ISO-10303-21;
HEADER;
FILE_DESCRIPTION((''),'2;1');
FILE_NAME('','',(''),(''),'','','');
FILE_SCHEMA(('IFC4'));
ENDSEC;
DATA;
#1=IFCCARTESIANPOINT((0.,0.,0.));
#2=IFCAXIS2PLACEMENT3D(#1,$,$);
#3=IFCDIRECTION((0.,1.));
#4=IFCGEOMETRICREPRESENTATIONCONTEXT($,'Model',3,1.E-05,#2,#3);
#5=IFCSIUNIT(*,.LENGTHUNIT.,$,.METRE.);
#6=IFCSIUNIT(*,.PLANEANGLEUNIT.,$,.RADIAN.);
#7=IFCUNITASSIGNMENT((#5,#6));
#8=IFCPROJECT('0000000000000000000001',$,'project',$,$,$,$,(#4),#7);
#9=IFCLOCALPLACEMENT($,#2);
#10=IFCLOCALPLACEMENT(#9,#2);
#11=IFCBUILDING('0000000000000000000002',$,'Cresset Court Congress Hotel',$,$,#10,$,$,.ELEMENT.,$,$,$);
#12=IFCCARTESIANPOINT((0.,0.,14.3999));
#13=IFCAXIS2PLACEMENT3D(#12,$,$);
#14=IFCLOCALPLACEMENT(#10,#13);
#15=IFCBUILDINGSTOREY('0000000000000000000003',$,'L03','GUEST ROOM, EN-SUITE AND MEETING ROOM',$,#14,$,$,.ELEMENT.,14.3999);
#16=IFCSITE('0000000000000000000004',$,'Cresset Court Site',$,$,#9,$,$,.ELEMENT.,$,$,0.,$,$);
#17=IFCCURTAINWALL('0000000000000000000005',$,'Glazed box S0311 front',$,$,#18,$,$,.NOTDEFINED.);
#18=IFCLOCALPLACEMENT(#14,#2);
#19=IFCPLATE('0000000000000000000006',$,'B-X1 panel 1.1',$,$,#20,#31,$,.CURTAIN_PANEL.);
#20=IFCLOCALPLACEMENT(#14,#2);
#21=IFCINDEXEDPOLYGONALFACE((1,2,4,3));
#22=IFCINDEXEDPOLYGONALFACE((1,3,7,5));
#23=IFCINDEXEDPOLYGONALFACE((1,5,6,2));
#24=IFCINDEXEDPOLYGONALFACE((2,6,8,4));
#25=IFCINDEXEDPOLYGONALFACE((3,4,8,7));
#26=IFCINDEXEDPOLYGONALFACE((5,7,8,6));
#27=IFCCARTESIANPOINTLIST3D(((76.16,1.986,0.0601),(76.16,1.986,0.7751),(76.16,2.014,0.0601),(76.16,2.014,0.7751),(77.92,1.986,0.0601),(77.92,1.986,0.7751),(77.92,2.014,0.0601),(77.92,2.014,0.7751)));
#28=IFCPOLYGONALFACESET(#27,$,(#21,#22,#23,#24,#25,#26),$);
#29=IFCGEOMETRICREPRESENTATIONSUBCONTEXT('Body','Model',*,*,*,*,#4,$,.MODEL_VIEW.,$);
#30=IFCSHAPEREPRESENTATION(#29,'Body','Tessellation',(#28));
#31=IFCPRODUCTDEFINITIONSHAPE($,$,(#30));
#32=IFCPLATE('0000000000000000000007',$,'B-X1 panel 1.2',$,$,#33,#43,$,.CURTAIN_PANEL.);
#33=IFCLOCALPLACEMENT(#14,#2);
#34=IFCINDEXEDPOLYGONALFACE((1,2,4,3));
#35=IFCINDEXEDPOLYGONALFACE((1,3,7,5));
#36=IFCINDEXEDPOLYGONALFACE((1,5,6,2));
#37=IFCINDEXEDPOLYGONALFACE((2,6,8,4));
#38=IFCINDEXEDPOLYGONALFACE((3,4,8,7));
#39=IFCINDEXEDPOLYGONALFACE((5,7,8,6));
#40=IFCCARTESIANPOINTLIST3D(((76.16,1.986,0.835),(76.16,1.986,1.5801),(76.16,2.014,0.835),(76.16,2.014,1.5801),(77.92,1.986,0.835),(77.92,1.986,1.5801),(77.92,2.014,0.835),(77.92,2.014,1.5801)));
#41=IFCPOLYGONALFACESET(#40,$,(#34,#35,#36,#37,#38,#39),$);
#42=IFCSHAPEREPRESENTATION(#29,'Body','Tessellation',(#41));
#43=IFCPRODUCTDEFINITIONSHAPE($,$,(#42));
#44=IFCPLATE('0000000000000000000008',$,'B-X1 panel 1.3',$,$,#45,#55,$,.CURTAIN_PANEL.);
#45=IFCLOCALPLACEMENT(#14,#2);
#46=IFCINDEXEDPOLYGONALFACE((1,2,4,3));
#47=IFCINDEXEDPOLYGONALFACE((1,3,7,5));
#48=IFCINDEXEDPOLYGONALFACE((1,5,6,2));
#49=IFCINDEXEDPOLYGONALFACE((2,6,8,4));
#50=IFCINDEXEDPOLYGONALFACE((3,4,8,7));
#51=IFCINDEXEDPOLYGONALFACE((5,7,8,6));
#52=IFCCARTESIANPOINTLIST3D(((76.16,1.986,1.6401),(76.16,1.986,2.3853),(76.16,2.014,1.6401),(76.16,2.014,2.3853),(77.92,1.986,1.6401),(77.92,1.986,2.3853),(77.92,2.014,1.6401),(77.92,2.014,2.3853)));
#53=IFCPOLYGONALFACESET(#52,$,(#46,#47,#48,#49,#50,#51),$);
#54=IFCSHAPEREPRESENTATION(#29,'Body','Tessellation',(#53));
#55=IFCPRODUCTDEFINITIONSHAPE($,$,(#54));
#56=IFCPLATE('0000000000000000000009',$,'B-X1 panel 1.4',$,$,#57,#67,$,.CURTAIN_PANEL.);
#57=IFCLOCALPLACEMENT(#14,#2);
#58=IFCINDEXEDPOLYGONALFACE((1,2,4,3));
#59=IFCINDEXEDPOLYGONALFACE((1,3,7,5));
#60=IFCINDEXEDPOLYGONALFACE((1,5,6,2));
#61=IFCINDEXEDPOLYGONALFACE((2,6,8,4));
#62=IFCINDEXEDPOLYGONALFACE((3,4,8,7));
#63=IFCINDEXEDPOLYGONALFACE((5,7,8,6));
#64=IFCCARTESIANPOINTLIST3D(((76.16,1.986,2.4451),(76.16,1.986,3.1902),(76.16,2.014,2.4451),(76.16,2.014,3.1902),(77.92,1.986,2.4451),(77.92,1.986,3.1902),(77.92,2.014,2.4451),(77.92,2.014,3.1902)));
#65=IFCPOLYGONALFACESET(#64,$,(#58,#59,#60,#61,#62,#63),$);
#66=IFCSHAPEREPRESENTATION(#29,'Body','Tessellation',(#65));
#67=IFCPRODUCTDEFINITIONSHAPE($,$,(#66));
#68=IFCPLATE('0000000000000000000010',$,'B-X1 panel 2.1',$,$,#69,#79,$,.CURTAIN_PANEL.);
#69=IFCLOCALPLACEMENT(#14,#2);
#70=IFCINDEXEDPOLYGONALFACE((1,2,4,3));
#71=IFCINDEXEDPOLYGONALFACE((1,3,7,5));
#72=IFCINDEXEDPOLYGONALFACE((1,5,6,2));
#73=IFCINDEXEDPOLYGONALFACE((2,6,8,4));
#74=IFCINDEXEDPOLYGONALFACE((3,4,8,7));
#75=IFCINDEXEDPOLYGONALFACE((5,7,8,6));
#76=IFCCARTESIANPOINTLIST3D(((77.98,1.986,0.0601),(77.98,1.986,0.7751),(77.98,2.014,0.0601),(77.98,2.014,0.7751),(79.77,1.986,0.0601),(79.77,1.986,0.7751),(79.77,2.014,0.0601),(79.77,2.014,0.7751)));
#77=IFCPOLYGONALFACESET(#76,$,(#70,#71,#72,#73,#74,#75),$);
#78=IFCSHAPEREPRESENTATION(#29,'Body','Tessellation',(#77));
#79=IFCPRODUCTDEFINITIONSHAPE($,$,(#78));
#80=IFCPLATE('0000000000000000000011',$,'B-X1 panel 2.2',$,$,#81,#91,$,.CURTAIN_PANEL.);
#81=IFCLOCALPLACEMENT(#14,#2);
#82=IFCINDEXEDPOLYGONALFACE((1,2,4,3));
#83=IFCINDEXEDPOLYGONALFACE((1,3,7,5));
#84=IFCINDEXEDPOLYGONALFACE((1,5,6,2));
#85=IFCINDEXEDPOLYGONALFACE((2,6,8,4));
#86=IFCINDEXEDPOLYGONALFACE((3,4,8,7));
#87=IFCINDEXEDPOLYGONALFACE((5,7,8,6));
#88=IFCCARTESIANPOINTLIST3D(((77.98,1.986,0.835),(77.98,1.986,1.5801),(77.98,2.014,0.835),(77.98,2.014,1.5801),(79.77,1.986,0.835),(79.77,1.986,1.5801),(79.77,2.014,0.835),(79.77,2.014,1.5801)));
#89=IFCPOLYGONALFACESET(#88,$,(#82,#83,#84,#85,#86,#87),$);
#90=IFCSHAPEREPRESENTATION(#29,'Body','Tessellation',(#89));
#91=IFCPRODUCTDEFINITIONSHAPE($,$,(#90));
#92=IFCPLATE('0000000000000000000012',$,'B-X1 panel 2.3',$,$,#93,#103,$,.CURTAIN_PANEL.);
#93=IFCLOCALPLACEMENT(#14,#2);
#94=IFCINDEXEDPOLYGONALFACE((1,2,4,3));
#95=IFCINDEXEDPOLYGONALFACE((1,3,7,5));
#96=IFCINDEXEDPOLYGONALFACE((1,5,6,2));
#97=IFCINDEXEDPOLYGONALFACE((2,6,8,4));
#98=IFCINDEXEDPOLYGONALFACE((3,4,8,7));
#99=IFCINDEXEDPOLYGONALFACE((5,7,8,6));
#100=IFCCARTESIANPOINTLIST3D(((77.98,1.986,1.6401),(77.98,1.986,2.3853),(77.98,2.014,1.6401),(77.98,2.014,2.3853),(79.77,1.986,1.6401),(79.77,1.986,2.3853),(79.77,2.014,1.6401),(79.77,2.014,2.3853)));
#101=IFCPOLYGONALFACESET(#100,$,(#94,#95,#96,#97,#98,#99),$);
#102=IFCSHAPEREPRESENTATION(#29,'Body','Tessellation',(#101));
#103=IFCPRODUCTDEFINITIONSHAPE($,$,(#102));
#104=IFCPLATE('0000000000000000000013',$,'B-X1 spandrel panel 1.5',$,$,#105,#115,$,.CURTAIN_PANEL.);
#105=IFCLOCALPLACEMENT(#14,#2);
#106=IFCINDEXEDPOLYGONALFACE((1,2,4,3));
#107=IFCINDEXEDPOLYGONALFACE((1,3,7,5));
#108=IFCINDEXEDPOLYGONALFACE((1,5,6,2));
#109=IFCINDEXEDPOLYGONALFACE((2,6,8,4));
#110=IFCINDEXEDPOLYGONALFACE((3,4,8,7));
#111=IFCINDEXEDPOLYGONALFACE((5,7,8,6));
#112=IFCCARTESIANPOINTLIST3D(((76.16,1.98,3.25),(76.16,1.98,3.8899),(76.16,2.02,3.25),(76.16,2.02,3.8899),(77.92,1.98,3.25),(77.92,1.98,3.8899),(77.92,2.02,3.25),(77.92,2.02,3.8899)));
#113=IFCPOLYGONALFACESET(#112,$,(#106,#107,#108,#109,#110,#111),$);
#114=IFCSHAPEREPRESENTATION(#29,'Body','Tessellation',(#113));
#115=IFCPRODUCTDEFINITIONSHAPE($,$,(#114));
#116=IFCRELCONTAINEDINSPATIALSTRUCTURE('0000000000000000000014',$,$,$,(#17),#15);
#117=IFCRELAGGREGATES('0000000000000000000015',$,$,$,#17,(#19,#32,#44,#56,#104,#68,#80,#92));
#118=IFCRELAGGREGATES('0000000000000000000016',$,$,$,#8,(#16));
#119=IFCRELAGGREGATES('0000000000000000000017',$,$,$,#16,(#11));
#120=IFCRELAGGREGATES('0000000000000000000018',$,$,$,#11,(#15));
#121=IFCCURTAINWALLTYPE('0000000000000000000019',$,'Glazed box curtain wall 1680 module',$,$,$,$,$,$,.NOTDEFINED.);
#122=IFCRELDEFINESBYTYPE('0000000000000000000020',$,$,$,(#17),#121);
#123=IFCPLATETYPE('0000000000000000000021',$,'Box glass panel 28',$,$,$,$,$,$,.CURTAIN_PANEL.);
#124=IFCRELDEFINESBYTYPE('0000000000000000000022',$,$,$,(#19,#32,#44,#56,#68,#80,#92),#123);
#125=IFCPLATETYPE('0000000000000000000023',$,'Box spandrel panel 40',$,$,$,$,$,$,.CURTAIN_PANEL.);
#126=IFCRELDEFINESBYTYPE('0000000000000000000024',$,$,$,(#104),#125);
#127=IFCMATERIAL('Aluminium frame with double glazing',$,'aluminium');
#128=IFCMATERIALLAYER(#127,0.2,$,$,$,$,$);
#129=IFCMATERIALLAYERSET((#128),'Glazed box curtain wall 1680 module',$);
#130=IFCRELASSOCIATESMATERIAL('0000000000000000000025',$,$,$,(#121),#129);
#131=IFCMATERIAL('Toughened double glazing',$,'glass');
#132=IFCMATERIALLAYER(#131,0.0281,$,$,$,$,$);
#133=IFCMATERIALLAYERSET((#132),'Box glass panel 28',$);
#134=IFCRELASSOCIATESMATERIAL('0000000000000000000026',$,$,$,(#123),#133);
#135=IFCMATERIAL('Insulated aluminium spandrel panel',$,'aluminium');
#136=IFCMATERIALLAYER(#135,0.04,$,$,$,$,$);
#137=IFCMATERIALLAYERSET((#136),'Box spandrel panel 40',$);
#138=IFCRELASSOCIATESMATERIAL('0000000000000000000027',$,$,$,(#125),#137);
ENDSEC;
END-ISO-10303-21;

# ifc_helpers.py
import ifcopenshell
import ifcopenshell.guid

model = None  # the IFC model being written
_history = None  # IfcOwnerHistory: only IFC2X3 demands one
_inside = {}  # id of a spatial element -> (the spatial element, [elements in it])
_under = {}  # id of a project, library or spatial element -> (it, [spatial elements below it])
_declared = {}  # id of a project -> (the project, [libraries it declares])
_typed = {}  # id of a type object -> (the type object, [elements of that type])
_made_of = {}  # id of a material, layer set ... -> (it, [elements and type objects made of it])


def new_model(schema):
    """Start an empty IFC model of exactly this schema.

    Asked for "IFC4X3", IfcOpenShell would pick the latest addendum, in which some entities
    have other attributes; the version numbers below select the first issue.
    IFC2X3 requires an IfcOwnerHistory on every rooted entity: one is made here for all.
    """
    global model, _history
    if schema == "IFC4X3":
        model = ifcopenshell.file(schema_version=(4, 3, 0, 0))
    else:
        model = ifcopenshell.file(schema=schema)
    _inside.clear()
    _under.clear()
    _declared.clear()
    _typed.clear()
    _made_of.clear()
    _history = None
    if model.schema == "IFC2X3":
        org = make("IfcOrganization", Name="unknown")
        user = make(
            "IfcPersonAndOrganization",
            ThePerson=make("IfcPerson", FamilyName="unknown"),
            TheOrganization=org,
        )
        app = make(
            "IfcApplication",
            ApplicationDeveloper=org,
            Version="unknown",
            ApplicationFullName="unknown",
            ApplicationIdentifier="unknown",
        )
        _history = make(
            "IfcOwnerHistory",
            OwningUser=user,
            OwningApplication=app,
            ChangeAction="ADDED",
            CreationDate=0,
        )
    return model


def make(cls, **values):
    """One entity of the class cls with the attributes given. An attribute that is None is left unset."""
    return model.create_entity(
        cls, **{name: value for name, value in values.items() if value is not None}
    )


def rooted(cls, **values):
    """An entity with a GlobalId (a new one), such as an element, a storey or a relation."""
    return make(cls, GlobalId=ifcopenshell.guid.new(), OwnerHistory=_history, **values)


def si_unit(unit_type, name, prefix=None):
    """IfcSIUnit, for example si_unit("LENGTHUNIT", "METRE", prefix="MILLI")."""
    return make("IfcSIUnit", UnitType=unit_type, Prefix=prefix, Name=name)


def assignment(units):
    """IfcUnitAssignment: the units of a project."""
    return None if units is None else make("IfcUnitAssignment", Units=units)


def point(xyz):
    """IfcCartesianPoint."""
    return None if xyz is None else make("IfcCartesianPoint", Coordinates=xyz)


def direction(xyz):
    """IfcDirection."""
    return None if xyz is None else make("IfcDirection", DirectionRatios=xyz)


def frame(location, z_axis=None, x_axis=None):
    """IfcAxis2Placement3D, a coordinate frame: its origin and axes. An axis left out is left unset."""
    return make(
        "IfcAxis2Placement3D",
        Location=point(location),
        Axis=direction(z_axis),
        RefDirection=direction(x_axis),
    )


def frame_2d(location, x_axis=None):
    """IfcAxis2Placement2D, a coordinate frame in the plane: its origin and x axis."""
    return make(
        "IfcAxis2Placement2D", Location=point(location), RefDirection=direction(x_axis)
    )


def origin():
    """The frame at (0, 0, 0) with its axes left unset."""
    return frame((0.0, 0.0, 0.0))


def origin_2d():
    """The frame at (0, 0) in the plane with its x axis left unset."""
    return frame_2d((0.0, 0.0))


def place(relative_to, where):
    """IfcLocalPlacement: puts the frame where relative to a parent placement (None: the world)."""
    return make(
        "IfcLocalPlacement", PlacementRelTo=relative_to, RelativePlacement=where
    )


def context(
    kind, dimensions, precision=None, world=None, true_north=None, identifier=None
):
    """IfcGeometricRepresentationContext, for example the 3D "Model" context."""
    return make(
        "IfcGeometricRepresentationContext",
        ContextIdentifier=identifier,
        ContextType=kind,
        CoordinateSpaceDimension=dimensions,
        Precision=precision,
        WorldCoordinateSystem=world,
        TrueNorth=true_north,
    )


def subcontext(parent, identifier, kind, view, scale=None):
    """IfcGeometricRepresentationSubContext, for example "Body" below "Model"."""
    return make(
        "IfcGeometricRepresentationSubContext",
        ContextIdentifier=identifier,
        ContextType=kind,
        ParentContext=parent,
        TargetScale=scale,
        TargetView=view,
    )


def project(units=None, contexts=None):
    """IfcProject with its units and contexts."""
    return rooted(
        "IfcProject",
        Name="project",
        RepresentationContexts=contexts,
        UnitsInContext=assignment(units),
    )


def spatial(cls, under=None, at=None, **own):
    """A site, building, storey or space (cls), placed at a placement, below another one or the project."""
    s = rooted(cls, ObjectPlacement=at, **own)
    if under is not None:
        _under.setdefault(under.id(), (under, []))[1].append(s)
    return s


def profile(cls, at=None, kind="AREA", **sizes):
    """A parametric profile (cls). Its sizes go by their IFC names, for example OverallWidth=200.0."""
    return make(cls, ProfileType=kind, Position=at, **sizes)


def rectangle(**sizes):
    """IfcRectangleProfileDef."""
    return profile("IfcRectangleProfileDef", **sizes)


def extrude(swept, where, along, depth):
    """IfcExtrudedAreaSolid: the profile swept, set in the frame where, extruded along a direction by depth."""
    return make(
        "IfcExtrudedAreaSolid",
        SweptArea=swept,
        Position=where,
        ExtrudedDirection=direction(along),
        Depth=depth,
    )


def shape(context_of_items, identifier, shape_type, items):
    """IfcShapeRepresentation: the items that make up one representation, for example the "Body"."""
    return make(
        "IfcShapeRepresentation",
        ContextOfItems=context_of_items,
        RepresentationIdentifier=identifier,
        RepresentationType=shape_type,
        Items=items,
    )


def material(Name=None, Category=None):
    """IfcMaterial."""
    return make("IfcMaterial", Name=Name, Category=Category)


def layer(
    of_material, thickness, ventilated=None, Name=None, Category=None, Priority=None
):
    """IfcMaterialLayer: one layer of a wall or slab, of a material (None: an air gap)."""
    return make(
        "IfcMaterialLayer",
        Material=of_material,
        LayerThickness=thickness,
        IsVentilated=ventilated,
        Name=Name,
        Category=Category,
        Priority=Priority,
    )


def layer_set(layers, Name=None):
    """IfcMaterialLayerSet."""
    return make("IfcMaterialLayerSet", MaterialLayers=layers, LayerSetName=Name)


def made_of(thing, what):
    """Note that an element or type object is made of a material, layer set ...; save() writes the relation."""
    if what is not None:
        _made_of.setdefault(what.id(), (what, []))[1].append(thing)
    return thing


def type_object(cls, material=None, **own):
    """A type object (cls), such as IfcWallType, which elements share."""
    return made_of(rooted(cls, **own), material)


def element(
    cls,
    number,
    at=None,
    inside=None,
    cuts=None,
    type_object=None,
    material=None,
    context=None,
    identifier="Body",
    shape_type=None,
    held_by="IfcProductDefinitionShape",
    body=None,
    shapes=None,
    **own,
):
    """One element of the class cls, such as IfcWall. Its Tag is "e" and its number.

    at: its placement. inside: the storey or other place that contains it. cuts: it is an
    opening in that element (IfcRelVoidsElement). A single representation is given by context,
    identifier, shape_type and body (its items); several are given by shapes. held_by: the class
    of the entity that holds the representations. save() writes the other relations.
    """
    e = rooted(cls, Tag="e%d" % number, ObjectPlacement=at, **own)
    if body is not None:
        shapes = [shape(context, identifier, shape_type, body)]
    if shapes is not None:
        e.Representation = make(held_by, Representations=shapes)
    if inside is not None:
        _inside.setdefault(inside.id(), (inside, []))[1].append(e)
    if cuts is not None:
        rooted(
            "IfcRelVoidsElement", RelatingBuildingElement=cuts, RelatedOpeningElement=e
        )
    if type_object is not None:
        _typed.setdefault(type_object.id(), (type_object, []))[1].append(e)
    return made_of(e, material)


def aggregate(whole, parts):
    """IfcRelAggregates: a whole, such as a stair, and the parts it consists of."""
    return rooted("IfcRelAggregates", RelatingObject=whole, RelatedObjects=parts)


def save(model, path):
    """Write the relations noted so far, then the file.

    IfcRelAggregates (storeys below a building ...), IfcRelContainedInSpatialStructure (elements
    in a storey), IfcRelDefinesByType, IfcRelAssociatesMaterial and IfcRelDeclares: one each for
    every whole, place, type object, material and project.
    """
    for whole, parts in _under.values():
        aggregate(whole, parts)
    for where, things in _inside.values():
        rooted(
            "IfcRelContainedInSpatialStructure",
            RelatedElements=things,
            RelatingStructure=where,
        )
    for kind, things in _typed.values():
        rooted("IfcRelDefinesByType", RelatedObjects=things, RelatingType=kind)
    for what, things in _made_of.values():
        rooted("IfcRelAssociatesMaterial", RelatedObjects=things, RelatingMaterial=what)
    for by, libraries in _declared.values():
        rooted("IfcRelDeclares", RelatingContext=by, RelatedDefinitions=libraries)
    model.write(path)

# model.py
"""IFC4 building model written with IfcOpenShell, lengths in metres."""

from ifc_helpers import new_model, si_unit, direction, frame, origin, origin_2d, place, context, subcontext, project, spatial, rectangle, extrude, material, layer, layer_set, type_object, element, aggregate, save


model = new_model("IFC4")

# Units and contexts
model_context = context("Model", 3, precision=1e-05, world=origin(), true_north=direction((0.0, 1.0)))
body_context = subcontext(model_context, "Body", "Model", "MODEL_VIEW")
ifc_project = project(units=[si_unit("LENGTHUNIT", "METRE"), si_unit("PLANEANGLEUNIT", "RADIAN")], contexts=[model_context])

# Site, building, storey
site_placement = place(None, origin())
site = spatial("IfcSite", under=ifc_project, at=site_placement, Name="Cresset Court Site", CompositionType="ELEMENT", RefElevation=0.0)
building_placement = place(site_placement, origin())
building = spatial("IfcBuilding", under=site, at=building_placement, Name="Cresset Court Congress Hotel", CompositionType="ELEMENT")
storey_placement = place(building_placement, frame((0.0, 0.0, 14.3999)))
storey = spatial("IfcBuildingStorey", under=building, at=storey_placement, Name="L03", Description="GUEST ROOM, EN-SUITE AND MEETING ROOM", CompositionType="ELEMENT", Elevation=14.3999)

# Curtain wall
ifc_material_1 = material(Name="Aluminium frame with double glazing", Category="aluminium")
ifc_layer_1 = layer(ifc_material_1, 0.2)
ifc_layer_set_1 = layer_set([ifc_layer_1], Name="Glazed box curtain wall 1680 module")
curtain_wall_type = type_object("IfcCurtainWallType", Name="Glazed box curtain wall 1680 module", PredefinedType="NOTDEFINED", material=ifc_layer_set_1)
curtain_wall_placement = place(storey_placement, origin())
curtain_wall = element("IfcCurtainWall", 1, at=curtain_wall_placement, inside=storey, type_object=curtain_wall_type, Name="Glazed box S0311 front", PredefinedType="NOTDEFINED")

# Plates
ifc_material_2 = material(Name="Toughened double glazing", Category="glass")
ifc_layer_2 = layer(ifc_material_2, 0.0281)
ifc_layer_set_2 = layer_set([ifc_layer_2], Name="Box glass panel 28")
plate_type_1 = type_object("IfcPlateType", Name="Box glass panel 28", PredefinedType="CURTAIN_PANEL", material=ifc_layer_set_2)
plate_1_placement = place(storey_placement, frame((77.04, 2.0, 0.0601), z_axis=(0.0, 0.0, 1.0), x_axis=(1.0, 0.0, 0.0)))
plate_1 = element("IfcPlate", 2, at=plate_1_placement, type_object=plate_type_1, Name="B-X1 panel 1.1", PredefinedType="CURTAIN_PANEL", context=body_context, shape_type="SweptSolid", body=[
    extrude(rectangle(XDim=1.76, YDim=0.0281, at=origin_2d()), origin(), (0.0, 0.0, 1.0), 0.7151),
])
plate_2_placement = place(storey_placement, frame((77.04, 2.0, 0.835), z_axis=(0.0, 0.0, 1.0), x_axis=(1.0, 0.0, 0.0)))
plate_2 = element("IfcPlate", 3, at=plate_2_placement, type_object=plate_type_1, Name="B-X1 panel 1.2", PredefinedType="CURTAIN_PANEL", context=body_context, shape_type="SweptSolid", body=[
    extrude(rectangle(XDim=1.76, YDim=0.0281, at=origin_2d()), origin(), (0.0, 0.0, 1.0), 0.7451),
])
plate_3_placement = place(storey_placement, frame((77.04, 2.0, 1.6401), z_axis=(0.0, 0.0, 1.0), x_axis=(1.0, 0.0, 0.0)))
plate_3 = element("IfcPlate", 4, at=plate_3_placement, type_object=plate_type_1, Name="B-X1 panel 1.3", PredefinedType="CURTAIN_PANEL", context=body_context, shape_type="SweptSolid", body=[
    extrude(rectangle(XDim=1.76, YDim=0.0281, at=origin_2d()), origin(), (0.0, 0.0, 1.0), 0.7451),
])
plate_4_placement = place(storey_placement, frame((77.04, 2.0, 2.4451), z_axis=(0.0, 0.0, 1.0), x_axis=(1.0, 0.0, 0.0)))
plate_4 = element("IfcPlate", 5, at=plate_4_placement, type_object=plate_type_1, Name="B-X1 panel 1.4", PredefinedType="CURTAIN_PANEL", context=body_context, shape_type="SweptSolid", body=[
    extrude(rectangle(XDim=1.76, YDim=0.0281, at=origin_2d()), origin(), (0.0, 0.0, 1.0), 0.7451),
])
plate_5_placement = place(storey_placement, frame((78.875, 2.0, 0.0601), z_axis=(0.0, 0.0, 1.0), x_axis=(1.0, 0.0, 0.0)))
plate_5 = element("IfcPlate", 6, at=plate_5_placement, type_object=plate_type_1, Name="B-X1 panel 2.1", PredefinedType="CURTAIN_PANEL", context=body_context, shape_type="SweptSolid", body=[
    extrude(rectangle(XDim=1.79, YDim=0.0281, at=origin_2d()), origin(), (0.0, 0.0, 1.0), 0.7151),
])
plate_6_placement = place(storey_placement, frame((78.875, 2.0, 0.835), z_axis=(0.0, 0.0, 1.0), x_axis=(1.0, 0.0, 0.0)))
plate_6 = element("IfcPlate", 7, at=plate_6_placement, type_object=plate_type_1, Name="B-X1 panel 2.2", PredefinedType="CURTAIN_PANEL", context=body_context, shape_type="SweptSolid", body=[
    extrude(rectangle(XDim=1.79, YDim=0.0281, at=origin_2d()), origin(), (0.0, 0.0, 1.0), 0.7451),
])
plate_7_placement = place(storey_placement, frame((78.875, 2.0, 1.6401), z_axis=(0.0, 0.0, 1.0), x_axis=(1.0, 0.0, 0.0)))
plate_7 = element("IfcPlate", 8, at=plate_7_placement, type_object=plate_type_1, Name="B-X1 panel 2.3", PredefinedType="CURTAIN_PANEL", context=body_context, shape_type="SweptSolid", body=[
    extrude(rectangle(XDim=1.79, YDim=0.0281, at=origin_2d()), origin(), (0.0, 0.0, 1.0), 0.7451),
])
ifc_material_3 = material(Name="Insulated aluminium spandrel panel", Category="aluminium")
ifc_layer_3 = layer(ifc_material_3, 0.04)
ifc_layer_set_3 = layer_set([ifc_layer_3], Name="Box spandrel panel 40")
plate_type_2 = type_object("IfcPlateType", Name="Box spandrel panel 40", PredefinedType="CURTAIN_PANEL", material=ifc_layer_set_3)
plate_8_placement = place(storey_placement, frame((77.04, 2.0, 3.25), z_axis=(0.0, 0.0, 1.0), x_axis=(1.0, 0.0, 0.0)))
plate_8 = element("IfcPlate", 9, at=plate_8_placement, type_object=plate_type_2, Name="B-X1 spandrel panel 1.5", PredefinedType="CURTAIN_PANEL", context=body_context, shape_type="SweptSolid", body=[
    extrude(rectangle(XDim=1.76, YDim=0.04, at=origin_2d()), origin(), (0.0, 0.0, 1.0), 0.6399),
])
aggregate(curtain_wall, [plate_1, plate_2, plate_3, plate_4, plate_8, plate_5, plate_6, plate_7])

save(model, "model.ifc")
